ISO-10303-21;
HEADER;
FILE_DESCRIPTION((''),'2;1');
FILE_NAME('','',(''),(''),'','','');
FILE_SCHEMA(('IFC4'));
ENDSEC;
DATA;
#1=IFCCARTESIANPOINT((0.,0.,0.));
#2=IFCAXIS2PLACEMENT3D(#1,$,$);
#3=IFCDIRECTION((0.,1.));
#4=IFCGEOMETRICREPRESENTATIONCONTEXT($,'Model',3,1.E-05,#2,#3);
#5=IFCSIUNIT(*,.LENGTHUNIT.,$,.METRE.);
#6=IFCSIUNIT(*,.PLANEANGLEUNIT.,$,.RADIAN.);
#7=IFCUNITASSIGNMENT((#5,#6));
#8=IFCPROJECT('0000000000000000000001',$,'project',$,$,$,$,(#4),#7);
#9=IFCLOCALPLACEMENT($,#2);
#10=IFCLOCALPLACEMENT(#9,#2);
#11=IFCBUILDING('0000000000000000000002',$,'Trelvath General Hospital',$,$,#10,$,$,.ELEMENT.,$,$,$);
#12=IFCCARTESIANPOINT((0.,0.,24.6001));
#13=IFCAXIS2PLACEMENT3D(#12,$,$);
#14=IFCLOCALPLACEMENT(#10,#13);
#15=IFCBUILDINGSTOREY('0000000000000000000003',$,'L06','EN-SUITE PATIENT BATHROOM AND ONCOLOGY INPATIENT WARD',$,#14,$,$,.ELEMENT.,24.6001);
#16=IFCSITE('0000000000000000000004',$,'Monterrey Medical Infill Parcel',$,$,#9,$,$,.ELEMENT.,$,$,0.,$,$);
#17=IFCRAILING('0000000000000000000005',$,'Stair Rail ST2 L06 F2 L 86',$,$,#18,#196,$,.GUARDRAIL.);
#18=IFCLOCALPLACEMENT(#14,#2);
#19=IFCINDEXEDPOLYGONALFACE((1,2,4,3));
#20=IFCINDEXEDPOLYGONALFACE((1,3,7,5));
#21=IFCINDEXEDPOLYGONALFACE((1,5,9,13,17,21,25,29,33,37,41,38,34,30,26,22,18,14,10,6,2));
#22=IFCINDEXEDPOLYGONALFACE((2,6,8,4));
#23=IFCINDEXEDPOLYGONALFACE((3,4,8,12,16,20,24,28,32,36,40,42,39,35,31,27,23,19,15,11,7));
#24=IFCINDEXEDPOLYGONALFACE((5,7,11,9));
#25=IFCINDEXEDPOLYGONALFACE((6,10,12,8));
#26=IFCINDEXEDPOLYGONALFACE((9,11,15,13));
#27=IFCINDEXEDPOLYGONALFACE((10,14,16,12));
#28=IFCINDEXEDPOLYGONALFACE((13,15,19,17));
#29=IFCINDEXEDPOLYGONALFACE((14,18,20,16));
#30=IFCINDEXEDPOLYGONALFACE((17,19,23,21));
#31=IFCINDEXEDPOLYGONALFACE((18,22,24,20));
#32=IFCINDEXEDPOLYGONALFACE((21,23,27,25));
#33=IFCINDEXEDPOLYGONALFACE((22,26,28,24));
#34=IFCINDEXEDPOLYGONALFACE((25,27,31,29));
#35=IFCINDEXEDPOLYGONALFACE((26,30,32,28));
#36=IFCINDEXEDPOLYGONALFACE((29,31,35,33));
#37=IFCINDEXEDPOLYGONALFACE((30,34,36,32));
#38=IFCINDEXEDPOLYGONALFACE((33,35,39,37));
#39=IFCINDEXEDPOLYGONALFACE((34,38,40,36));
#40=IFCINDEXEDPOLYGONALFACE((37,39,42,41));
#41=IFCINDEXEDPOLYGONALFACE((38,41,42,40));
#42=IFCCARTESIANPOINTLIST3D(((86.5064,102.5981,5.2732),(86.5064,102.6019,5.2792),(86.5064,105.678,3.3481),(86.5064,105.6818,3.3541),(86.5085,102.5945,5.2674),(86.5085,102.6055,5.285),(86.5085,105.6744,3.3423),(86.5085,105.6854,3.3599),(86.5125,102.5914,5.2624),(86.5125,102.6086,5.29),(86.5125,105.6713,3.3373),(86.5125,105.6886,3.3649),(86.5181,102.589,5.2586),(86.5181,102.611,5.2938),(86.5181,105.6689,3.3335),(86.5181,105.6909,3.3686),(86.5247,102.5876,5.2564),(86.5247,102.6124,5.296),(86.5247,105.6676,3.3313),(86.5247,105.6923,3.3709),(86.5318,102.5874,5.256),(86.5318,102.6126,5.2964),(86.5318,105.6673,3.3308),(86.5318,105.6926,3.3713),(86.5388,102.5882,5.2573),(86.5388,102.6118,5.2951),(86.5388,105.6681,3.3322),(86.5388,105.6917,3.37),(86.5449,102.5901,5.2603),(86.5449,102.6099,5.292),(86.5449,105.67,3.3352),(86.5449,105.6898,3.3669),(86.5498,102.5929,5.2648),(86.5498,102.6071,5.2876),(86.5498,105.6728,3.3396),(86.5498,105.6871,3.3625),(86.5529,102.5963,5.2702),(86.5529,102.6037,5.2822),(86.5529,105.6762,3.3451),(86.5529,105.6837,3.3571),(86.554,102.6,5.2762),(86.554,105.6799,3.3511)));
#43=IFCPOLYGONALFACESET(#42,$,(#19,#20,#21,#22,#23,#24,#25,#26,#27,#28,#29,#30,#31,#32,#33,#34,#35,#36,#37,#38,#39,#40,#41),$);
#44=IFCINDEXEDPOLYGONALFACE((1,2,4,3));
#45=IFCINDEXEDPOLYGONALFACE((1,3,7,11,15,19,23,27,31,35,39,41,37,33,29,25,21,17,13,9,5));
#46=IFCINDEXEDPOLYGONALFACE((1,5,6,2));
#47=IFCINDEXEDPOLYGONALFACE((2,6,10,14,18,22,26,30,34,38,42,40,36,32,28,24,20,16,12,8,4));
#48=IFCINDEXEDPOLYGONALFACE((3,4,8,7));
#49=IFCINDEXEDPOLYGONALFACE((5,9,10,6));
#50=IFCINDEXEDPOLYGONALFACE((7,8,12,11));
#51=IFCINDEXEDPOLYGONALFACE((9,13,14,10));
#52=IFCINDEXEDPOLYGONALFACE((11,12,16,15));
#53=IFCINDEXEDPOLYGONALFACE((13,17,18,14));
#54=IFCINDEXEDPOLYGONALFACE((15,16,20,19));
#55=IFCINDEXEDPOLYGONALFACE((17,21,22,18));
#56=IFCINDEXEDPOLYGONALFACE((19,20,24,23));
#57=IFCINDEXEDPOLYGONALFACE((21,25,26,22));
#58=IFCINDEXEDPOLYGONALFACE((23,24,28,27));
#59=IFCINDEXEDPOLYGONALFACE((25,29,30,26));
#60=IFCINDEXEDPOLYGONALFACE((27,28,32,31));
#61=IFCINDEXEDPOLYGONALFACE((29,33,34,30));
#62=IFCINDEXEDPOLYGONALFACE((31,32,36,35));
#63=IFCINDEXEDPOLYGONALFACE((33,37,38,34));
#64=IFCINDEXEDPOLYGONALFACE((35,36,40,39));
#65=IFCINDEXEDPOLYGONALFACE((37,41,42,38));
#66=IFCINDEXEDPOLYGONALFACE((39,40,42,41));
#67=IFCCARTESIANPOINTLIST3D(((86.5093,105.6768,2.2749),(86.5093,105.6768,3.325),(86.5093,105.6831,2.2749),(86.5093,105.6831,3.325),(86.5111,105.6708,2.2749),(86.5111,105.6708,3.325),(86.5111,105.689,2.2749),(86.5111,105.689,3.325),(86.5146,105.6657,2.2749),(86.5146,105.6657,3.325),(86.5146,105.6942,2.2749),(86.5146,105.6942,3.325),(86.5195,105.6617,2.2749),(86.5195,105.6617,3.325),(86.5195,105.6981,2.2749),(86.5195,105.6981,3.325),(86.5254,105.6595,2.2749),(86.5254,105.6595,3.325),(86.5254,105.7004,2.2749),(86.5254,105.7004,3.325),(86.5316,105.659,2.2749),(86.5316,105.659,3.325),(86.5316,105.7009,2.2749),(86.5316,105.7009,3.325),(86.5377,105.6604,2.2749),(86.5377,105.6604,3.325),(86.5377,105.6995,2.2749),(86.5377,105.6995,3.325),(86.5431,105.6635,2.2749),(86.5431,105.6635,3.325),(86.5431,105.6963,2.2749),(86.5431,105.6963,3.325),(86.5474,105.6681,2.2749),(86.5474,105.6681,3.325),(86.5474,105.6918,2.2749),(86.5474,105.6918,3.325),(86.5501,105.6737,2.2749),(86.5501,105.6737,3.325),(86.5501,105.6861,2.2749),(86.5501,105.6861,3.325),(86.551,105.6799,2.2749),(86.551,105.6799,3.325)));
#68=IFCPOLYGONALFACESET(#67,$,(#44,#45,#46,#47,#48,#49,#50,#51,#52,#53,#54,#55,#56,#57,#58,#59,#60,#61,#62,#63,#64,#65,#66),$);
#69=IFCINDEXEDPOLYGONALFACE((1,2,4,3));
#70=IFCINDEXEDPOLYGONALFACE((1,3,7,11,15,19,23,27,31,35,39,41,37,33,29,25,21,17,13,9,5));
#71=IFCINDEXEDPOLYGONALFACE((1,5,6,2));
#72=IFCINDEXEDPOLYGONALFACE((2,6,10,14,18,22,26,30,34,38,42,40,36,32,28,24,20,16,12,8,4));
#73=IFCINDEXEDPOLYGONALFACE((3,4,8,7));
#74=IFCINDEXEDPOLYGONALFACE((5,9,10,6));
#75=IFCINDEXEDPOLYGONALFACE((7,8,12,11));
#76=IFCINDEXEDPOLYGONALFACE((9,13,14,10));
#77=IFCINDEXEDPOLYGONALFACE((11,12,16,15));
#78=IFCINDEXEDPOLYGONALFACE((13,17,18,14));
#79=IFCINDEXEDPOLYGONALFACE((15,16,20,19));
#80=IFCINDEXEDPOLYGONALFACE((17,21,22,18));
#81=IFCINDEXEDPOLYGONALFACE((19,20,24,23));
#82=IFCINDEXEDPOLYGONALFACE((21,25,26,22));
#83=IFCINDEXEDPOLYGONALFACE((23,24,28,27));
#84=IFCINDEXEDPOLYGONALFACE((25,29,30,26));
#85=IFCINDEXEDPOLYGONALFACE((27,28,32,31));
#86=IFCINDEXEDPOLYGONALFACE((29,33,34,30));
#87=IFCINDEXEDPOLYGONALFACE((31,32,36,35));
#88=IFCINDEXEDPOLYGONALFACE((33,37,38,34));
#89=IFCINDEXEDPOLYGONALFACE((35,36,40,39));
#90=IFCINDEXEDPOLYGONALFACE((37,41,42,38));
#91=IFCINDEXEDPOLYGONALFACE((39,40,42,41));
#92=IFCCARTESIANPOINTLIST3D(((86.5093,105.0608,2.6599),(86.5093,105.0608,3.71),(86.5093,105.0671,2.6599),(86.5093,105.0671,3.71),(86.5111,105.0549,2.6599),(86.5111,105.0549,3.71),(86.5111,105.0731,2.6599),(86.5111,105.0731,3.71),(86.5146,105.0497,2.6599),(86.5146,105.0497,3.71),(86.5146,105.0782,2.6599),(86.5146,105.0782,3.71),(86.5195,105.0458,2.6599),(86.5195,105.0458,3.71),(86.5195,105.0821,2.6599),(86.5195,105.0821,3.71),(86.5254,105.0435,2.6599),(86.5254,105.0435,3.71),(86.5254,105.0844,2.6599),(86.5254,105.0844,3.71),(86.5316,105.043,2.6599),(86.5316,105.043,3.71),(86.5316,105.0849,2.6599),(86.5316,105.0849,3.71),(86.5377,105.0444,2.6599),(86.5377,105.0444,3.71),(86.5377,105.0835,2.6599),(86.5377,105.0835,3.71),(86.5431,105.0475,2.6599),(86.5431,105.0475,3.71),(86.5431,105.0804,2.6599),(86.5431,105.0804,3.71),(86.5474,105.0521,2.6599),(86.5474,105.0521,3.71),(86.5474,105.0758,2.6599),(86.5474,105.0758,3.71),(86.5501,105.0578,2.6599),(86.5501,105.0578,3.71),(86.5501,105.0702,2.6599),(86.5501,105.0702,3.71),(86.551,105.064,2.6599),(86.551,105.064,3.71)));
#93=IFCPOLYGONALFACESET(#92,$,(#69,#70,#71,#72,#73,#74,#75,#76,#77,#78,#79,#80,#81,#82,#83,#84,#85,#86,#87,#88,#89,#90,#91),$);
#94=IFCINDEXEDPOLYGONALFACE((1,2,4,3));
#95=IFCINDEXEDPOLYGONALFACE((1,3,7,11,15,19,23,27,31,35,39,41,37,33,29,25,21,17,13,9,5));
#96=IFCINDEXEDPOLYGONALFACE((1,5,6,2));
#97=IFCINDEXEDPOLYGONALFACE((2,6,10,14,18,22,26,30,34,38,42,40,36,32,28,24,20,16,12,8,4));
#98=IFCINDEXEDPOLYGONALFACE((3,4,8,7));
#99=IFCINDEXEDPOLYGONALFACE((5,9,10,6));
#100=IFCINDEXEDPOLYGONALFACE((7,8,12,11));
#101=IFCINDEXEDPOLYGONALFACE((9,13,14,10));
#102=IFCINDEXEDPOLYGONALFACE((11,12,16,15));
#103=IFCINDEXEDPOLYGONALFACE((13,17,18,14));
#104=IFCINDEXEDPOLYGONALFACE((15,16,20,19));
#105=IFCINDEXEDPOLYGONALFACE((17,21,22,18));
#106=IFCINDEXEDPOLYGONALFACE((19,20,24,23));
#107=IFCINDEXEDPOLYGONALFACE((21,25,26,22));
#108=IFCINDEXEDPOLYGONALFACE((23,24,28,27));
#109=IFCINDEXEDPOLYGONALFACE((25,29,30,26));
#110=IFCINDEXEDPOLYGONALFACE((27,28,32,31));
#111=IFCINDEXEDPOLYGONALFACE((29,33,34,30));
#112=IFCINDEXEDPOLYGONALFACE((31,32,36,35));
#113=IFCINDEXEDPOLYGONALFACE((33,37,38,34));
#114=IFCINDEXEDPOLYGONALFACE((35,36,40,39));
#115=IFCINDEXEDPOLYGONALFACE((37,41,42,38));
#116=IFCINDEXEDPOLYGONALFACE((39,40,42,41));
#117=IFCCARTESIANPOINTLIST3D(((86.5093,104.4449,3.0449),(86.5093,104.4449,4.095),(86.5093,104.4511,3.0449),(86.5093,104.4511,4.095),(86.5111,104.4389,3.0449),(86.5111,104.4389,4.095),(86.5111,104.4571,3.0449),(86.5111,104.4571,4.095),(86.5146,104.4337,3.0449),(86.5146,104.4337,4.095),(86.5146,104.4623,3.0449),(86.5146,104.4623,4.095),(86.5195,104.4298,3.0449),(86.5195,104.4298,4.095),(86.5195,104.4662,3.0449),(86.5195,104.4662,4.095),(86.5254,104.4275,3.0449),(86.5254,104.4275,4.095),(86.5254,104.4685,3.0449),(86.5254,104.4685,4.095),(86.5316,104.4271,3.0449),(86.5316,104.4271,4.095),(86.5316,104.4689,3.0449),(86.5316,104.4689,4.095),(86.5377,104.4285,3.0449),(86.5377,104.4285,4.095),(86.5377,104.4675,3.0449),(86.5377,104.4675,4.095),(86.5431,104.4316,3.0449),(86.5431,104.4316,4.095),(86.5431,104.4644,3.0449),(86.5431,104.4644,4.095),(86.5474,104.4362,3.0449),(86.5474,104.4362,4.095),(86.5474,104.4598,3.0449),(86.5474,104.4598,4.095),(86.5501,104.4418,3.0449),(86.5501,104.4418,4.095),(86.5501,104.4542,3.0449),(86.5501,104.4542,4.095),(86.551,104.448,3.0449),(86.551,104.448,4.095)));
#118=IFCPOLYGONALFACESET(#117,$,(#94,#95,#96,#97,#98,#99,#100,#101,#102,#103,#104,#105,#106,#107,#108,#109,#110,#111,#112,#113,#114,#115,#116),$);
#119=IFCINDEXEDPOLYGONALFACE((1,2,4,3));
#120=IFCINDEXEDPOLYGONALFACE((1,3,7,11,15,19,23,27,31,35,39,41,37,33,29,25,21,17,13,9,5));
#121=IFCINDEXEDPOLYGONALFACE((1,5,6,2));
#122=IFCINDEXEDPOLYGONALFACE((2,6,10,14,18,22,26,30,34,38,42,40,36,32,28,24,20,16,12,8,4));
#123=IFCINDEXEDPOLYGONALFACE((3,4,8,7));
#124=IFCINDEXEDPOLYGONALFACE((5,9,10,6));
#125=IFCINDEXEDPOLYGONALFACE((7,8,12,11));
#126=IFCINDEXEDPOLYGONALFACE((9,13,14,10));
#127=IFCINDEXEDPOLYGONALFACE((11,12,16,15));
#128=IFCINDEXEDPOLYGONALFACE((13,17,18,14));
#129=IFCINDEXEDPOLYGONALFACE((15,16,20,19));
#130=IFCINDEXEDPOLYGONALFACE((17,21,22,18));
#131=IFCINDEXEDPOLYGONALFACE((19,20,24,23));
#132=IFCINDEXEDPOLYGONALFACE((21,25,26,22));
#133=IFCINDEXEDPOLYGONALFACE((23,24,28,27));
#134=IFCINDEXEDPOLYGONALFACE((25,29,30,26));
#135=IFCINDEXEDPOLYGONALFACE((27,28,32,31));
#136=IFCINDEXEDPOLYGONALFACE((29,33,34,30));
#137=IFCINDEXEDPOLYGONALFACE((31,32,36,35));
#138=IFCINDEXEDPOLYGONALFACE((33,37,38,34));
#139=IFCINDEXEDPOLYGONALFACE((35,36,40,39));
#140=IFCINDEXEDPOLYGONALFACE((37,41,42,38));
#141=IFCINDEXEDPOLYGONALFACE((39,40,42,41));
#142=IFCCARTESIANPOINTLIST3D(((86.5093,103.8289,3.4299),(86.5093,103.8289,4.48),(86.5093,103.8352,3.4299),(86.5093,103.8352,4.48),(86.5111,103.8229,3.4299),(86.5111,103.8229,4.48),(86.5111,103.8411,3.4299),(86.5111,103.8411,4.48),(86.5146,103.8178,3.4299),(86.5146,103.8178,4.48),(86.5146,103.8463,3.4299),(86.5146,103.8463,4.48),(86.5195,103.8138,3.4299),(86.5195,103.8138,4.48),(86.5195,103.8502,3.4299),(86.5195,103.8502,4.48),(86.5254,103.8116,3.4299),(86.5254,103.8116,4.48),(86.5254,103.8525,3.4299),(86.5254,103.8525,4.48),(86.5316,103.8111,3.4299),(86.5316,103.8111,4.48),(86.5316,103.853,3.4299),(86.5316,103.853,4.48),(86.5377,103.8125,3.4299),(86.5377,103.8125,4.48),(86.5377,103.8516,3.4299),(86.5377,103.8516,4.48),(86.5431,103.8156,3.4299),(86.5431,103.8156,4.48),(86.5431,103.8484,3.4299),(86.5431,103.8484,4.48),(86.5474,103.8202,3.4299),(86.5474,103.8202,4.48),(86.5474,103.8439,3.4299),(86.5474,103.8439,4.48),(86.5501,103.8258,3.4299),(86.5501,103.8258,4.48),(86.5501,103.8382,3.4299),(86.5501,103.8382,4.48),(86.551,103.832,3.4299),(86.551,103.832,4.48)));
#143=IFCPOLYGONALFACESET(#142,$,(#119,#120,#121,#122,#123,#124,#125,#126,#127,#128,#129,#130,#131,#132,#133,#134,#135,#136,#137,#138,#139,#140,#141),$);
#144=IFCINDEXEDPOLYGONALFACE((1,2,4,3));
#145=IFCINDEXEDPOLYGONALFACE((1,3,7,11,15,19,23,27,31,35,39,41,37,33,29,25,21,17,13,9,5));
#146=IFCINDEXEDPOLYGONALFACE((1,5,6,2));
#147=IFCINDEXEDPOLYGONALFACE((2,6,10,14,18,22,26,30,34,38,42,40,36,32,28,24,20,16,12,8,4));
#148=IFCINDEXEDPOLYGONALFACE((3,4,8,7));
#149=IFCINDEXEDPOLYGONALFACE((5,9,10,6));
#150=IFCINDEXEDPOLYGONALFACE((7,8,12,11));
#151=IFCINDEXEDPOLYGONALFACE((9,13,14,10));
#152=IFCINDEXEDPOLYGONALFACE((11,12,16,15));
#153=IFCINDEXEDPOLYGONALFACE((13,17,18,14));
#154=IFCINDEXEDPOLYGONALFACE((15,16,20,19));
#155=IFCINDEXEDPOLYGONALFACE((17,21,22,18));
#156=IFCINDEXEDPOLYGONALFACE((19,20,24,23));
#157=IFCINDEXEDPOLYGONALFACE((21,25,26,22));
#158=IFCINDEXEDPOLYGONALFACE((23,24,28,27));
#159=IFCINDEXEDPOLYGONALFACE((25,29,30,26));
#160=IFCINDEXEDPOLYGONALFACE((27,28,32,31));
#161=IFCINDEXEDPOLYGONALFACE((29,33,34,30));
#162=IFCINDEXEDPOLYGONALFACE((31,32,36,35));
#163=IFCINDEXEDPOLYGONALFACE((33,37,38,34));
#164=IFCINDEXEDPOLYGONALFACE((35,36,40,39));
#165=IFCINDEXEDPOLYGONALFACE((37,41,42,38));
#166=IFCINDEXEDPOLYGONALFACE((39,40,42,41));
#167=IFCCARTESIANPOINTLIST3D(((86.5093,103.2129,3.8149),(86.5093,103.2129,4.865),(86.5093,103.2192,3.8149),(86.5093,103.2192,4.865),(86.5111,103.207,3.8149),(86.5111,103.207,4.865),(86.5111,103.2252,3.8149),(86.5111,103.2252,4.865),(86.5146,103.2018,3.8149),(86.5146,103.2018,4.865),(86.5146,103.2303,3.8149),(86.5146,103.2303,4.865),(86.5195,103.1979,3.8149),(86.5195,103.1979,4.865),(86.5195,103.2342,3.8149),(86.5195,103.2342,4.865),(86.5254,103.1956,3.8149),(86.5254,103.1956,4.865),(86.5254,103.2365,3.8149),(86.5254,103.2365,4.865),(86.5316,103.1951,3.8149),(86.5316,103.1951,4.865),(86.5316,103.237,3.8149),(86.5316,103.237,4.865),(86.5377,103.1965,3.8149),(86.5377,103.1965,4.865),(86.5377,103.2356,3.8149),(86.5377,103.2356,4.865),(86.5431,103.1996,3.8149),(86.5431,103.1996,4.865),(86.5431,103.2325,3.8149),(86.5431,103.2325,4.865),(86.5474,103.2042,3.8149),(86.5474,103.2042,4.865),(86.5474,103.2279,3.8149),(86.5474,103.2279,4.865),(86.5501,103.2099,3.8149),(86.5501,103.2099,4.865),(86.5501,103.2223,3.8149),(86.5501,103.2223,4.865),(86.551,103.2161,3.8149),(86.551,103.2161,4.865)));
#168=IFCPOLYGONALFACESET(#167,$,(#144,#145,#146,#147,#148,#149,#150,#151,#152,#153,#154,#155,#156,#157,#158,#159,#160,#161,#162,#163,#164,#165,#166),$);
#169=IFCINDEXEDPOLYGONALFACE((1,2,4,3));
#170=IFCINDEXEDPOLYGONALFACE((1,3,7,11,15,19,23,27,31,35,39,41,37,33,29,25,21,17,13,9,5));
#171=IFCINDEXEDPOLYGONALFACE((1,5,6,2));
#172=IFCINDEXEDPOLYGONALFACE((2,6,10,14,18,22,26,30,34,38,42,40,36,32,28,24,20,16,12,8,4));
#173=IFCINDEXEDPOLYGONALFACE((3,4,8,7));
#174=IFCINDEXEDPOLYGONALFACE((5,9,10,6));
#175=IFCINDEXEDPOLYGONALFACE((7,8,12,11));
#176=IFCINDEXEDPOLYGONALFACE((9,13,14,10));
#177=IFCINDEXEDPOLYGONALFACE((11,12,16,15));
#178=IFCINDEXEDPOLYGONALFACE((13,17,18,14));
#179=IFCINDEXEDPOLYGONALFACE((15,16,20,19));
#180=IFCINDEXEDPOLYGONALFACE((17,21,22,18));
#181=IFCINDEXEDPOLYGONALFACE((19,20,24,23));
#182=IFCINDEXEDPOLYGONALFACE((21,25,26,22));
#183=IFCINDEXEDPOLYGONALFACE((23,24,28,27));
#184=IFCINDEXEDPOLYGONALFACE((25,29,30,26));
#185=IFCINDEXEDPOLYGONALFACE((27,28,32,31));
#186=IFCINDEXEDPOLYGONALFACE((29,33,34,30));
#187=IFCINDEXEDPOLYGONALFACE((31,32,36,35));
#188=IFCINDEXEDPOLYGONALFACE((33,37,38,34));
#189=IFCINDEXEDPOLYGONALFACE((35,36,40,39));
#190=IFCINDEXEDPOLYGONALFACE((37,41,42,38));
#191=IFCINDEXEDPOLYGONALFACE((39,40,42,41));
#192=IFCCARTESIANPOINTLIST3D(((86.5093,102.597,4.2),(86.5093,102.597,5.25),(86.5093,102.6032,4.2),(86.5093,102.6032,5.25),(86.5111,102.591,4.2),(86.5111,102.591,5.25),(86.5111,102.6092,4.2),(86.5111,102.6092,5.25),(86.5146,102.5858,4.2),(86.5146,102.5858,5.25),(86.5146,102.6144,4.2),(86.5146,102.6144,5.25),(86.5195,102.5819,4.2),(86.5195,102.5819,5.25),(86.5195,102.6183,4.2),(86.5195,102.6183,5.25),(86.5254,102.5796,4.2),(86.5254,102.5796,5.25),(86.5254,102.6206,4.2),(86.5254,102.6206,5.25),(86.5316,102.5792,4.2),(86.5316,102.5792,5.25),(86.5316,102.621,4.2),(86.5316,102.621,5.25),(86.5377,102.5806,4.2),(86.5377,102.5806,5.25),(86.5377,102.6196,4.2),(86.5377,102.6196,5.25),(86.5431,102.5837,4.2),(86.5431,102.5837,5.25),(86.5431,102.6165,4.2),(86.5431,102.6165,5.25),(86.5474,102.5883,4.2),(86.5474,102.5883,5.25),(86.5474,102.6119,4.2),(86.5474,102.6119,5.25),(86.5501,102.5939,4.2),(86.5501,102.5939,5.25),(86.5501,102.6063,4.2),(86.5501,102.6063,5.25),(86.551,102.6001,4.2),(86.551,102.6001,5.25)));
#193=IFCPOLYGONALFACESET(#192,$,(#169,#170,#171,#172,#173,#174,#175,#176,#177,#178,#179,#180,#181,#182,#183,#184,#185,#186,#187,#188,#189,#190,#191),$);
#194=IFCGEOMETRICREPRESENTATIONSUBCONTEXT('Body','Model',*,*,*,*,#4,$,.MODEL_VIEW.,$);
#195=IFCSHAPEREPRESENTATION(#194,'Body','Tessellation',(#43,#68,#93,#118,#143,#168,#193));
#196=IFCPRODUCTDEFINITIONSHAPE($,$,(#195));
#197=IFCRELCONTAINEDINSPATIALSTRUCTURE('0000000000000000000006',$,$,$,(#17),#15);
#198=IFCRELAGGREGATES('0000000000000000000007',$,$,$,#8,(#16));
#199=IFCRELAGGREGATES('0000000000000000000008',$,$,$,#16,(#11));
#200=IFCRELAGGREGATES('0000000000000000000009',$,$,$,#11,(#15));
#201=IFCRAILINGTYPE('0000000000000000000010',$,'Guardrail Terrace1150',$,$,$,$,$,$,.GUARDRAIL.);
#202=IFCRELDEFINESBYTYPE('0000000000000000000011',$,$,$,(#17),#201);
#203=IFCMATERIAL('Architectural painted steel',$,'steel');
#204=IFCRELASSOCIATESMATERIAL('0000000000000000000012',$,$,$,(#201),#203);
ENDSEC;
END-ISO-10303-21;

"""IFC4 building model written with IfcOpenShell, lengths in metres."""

from ifc_helpers import new_model, si_unit, direction, frame, origin, origin_2d, place, context, subcontext, project, spatial, circle, extrude, material, type_object, element, save


model = new_model("IFC4")

# Units and contexts
model_context = context("Model", 3, precision=1e-05, world=origin(), true_north=direction((0.0, 1.0)))
body_context = subcontext(model_context, "Body", "Model", "MODEL_VIEW")
ifc_project = project(units=[si_unit("LENGTHUNIT", "METRE"), si_unit("PLANEANGLEUNIT", "RADIAN")], contexts=[model_context])

# Site, building, storey
site_placement = place(None, origin())
site = spatial("IfcSite", under=ifc_project, at=site_placement, Name="Monterrey Medical Infill Parcel", CompositionType="ELEMENT", RefElevation=0.0)
building_placement = place(site_placement, origin())
building = spatial("IfcBuilding", under=site, at=building_placement, Name="Trelvath General Hospital", CompositionType="ELEMENT")
storey_placement = place(building_placement, frame((0.0, 0.0, 24.6001)))
storey = spatial("IfcBuildingStorey", under=building, at=storey_placement, Name="L06", Description="EN-SUITE PATIENT BATHROOM AND ONCOLOGY INPATIENT WARD", CompositionType="ELEMENT", Elevation=24.6001)

# Railing
ifc_material_1 = material(Name="Architectural painted steel", Category="steel")
railing_type_1 = type_object("IfcRailingType", Name="Guardrail Terrace1150", PredefinedType="GUARDRAIL", material=ifc_material_1)
railing_1_placement = place(storey_placement, frame((86.53, 105.6799, 2.2749)))
element("IfcRailing", 1, at=railing_1_placement, inside=storey, type_object=railing_type_1, Name="Stair Rail ST2 L06 F2 L 86", PredefinedType="GUARDRAIL", context=body_context, shape_type="SweptSolid", body=[
    extrude(circle(Radius=0.0239, at=origin_2d()), frame((0.0, 0.0, 1.0762), z_axis=(0.0, -0.847979, 0.530029), x_axis=(1.0, 0.0, 0.0)), (0.0, 0.0, 1.0), 3.6321),
    extrude(circle(Radius=0.021, at=origin_2d()), origin(), (0.0, 0.0, 1.0), 1.05),
    extrude(circle(Radius=0.021, at=origin_2d()), frame((0.0, -0.616, 0.385)), (0.0, 0.0, 1.0), 1.05),
    extrude(circle(Radius=0.021, at=origin_2d()), frame((0.0, -1.2319, 0.77)), (0.0, 0.0, 1.0), 1.05),
    extrude(circle(Radius=0.021, at=origin_2d()), frame((0.0, -1.8479, 1.155)), (0.0, 0.0, 1.0), 1.05),
    extrude(circle(Radius=0.021, at=origin_2d()), frame((0.0, -2.4639, 1.54)), (0.0, 0.0, 1.0), 1.05),
    extrude(circle(Radius=0.021, at=origin_2d()), frame((0.0, -3.0798, 1.925)), (0.0, 0.0, 1.0), 1.05),
])

save(model, "model.ifc")
